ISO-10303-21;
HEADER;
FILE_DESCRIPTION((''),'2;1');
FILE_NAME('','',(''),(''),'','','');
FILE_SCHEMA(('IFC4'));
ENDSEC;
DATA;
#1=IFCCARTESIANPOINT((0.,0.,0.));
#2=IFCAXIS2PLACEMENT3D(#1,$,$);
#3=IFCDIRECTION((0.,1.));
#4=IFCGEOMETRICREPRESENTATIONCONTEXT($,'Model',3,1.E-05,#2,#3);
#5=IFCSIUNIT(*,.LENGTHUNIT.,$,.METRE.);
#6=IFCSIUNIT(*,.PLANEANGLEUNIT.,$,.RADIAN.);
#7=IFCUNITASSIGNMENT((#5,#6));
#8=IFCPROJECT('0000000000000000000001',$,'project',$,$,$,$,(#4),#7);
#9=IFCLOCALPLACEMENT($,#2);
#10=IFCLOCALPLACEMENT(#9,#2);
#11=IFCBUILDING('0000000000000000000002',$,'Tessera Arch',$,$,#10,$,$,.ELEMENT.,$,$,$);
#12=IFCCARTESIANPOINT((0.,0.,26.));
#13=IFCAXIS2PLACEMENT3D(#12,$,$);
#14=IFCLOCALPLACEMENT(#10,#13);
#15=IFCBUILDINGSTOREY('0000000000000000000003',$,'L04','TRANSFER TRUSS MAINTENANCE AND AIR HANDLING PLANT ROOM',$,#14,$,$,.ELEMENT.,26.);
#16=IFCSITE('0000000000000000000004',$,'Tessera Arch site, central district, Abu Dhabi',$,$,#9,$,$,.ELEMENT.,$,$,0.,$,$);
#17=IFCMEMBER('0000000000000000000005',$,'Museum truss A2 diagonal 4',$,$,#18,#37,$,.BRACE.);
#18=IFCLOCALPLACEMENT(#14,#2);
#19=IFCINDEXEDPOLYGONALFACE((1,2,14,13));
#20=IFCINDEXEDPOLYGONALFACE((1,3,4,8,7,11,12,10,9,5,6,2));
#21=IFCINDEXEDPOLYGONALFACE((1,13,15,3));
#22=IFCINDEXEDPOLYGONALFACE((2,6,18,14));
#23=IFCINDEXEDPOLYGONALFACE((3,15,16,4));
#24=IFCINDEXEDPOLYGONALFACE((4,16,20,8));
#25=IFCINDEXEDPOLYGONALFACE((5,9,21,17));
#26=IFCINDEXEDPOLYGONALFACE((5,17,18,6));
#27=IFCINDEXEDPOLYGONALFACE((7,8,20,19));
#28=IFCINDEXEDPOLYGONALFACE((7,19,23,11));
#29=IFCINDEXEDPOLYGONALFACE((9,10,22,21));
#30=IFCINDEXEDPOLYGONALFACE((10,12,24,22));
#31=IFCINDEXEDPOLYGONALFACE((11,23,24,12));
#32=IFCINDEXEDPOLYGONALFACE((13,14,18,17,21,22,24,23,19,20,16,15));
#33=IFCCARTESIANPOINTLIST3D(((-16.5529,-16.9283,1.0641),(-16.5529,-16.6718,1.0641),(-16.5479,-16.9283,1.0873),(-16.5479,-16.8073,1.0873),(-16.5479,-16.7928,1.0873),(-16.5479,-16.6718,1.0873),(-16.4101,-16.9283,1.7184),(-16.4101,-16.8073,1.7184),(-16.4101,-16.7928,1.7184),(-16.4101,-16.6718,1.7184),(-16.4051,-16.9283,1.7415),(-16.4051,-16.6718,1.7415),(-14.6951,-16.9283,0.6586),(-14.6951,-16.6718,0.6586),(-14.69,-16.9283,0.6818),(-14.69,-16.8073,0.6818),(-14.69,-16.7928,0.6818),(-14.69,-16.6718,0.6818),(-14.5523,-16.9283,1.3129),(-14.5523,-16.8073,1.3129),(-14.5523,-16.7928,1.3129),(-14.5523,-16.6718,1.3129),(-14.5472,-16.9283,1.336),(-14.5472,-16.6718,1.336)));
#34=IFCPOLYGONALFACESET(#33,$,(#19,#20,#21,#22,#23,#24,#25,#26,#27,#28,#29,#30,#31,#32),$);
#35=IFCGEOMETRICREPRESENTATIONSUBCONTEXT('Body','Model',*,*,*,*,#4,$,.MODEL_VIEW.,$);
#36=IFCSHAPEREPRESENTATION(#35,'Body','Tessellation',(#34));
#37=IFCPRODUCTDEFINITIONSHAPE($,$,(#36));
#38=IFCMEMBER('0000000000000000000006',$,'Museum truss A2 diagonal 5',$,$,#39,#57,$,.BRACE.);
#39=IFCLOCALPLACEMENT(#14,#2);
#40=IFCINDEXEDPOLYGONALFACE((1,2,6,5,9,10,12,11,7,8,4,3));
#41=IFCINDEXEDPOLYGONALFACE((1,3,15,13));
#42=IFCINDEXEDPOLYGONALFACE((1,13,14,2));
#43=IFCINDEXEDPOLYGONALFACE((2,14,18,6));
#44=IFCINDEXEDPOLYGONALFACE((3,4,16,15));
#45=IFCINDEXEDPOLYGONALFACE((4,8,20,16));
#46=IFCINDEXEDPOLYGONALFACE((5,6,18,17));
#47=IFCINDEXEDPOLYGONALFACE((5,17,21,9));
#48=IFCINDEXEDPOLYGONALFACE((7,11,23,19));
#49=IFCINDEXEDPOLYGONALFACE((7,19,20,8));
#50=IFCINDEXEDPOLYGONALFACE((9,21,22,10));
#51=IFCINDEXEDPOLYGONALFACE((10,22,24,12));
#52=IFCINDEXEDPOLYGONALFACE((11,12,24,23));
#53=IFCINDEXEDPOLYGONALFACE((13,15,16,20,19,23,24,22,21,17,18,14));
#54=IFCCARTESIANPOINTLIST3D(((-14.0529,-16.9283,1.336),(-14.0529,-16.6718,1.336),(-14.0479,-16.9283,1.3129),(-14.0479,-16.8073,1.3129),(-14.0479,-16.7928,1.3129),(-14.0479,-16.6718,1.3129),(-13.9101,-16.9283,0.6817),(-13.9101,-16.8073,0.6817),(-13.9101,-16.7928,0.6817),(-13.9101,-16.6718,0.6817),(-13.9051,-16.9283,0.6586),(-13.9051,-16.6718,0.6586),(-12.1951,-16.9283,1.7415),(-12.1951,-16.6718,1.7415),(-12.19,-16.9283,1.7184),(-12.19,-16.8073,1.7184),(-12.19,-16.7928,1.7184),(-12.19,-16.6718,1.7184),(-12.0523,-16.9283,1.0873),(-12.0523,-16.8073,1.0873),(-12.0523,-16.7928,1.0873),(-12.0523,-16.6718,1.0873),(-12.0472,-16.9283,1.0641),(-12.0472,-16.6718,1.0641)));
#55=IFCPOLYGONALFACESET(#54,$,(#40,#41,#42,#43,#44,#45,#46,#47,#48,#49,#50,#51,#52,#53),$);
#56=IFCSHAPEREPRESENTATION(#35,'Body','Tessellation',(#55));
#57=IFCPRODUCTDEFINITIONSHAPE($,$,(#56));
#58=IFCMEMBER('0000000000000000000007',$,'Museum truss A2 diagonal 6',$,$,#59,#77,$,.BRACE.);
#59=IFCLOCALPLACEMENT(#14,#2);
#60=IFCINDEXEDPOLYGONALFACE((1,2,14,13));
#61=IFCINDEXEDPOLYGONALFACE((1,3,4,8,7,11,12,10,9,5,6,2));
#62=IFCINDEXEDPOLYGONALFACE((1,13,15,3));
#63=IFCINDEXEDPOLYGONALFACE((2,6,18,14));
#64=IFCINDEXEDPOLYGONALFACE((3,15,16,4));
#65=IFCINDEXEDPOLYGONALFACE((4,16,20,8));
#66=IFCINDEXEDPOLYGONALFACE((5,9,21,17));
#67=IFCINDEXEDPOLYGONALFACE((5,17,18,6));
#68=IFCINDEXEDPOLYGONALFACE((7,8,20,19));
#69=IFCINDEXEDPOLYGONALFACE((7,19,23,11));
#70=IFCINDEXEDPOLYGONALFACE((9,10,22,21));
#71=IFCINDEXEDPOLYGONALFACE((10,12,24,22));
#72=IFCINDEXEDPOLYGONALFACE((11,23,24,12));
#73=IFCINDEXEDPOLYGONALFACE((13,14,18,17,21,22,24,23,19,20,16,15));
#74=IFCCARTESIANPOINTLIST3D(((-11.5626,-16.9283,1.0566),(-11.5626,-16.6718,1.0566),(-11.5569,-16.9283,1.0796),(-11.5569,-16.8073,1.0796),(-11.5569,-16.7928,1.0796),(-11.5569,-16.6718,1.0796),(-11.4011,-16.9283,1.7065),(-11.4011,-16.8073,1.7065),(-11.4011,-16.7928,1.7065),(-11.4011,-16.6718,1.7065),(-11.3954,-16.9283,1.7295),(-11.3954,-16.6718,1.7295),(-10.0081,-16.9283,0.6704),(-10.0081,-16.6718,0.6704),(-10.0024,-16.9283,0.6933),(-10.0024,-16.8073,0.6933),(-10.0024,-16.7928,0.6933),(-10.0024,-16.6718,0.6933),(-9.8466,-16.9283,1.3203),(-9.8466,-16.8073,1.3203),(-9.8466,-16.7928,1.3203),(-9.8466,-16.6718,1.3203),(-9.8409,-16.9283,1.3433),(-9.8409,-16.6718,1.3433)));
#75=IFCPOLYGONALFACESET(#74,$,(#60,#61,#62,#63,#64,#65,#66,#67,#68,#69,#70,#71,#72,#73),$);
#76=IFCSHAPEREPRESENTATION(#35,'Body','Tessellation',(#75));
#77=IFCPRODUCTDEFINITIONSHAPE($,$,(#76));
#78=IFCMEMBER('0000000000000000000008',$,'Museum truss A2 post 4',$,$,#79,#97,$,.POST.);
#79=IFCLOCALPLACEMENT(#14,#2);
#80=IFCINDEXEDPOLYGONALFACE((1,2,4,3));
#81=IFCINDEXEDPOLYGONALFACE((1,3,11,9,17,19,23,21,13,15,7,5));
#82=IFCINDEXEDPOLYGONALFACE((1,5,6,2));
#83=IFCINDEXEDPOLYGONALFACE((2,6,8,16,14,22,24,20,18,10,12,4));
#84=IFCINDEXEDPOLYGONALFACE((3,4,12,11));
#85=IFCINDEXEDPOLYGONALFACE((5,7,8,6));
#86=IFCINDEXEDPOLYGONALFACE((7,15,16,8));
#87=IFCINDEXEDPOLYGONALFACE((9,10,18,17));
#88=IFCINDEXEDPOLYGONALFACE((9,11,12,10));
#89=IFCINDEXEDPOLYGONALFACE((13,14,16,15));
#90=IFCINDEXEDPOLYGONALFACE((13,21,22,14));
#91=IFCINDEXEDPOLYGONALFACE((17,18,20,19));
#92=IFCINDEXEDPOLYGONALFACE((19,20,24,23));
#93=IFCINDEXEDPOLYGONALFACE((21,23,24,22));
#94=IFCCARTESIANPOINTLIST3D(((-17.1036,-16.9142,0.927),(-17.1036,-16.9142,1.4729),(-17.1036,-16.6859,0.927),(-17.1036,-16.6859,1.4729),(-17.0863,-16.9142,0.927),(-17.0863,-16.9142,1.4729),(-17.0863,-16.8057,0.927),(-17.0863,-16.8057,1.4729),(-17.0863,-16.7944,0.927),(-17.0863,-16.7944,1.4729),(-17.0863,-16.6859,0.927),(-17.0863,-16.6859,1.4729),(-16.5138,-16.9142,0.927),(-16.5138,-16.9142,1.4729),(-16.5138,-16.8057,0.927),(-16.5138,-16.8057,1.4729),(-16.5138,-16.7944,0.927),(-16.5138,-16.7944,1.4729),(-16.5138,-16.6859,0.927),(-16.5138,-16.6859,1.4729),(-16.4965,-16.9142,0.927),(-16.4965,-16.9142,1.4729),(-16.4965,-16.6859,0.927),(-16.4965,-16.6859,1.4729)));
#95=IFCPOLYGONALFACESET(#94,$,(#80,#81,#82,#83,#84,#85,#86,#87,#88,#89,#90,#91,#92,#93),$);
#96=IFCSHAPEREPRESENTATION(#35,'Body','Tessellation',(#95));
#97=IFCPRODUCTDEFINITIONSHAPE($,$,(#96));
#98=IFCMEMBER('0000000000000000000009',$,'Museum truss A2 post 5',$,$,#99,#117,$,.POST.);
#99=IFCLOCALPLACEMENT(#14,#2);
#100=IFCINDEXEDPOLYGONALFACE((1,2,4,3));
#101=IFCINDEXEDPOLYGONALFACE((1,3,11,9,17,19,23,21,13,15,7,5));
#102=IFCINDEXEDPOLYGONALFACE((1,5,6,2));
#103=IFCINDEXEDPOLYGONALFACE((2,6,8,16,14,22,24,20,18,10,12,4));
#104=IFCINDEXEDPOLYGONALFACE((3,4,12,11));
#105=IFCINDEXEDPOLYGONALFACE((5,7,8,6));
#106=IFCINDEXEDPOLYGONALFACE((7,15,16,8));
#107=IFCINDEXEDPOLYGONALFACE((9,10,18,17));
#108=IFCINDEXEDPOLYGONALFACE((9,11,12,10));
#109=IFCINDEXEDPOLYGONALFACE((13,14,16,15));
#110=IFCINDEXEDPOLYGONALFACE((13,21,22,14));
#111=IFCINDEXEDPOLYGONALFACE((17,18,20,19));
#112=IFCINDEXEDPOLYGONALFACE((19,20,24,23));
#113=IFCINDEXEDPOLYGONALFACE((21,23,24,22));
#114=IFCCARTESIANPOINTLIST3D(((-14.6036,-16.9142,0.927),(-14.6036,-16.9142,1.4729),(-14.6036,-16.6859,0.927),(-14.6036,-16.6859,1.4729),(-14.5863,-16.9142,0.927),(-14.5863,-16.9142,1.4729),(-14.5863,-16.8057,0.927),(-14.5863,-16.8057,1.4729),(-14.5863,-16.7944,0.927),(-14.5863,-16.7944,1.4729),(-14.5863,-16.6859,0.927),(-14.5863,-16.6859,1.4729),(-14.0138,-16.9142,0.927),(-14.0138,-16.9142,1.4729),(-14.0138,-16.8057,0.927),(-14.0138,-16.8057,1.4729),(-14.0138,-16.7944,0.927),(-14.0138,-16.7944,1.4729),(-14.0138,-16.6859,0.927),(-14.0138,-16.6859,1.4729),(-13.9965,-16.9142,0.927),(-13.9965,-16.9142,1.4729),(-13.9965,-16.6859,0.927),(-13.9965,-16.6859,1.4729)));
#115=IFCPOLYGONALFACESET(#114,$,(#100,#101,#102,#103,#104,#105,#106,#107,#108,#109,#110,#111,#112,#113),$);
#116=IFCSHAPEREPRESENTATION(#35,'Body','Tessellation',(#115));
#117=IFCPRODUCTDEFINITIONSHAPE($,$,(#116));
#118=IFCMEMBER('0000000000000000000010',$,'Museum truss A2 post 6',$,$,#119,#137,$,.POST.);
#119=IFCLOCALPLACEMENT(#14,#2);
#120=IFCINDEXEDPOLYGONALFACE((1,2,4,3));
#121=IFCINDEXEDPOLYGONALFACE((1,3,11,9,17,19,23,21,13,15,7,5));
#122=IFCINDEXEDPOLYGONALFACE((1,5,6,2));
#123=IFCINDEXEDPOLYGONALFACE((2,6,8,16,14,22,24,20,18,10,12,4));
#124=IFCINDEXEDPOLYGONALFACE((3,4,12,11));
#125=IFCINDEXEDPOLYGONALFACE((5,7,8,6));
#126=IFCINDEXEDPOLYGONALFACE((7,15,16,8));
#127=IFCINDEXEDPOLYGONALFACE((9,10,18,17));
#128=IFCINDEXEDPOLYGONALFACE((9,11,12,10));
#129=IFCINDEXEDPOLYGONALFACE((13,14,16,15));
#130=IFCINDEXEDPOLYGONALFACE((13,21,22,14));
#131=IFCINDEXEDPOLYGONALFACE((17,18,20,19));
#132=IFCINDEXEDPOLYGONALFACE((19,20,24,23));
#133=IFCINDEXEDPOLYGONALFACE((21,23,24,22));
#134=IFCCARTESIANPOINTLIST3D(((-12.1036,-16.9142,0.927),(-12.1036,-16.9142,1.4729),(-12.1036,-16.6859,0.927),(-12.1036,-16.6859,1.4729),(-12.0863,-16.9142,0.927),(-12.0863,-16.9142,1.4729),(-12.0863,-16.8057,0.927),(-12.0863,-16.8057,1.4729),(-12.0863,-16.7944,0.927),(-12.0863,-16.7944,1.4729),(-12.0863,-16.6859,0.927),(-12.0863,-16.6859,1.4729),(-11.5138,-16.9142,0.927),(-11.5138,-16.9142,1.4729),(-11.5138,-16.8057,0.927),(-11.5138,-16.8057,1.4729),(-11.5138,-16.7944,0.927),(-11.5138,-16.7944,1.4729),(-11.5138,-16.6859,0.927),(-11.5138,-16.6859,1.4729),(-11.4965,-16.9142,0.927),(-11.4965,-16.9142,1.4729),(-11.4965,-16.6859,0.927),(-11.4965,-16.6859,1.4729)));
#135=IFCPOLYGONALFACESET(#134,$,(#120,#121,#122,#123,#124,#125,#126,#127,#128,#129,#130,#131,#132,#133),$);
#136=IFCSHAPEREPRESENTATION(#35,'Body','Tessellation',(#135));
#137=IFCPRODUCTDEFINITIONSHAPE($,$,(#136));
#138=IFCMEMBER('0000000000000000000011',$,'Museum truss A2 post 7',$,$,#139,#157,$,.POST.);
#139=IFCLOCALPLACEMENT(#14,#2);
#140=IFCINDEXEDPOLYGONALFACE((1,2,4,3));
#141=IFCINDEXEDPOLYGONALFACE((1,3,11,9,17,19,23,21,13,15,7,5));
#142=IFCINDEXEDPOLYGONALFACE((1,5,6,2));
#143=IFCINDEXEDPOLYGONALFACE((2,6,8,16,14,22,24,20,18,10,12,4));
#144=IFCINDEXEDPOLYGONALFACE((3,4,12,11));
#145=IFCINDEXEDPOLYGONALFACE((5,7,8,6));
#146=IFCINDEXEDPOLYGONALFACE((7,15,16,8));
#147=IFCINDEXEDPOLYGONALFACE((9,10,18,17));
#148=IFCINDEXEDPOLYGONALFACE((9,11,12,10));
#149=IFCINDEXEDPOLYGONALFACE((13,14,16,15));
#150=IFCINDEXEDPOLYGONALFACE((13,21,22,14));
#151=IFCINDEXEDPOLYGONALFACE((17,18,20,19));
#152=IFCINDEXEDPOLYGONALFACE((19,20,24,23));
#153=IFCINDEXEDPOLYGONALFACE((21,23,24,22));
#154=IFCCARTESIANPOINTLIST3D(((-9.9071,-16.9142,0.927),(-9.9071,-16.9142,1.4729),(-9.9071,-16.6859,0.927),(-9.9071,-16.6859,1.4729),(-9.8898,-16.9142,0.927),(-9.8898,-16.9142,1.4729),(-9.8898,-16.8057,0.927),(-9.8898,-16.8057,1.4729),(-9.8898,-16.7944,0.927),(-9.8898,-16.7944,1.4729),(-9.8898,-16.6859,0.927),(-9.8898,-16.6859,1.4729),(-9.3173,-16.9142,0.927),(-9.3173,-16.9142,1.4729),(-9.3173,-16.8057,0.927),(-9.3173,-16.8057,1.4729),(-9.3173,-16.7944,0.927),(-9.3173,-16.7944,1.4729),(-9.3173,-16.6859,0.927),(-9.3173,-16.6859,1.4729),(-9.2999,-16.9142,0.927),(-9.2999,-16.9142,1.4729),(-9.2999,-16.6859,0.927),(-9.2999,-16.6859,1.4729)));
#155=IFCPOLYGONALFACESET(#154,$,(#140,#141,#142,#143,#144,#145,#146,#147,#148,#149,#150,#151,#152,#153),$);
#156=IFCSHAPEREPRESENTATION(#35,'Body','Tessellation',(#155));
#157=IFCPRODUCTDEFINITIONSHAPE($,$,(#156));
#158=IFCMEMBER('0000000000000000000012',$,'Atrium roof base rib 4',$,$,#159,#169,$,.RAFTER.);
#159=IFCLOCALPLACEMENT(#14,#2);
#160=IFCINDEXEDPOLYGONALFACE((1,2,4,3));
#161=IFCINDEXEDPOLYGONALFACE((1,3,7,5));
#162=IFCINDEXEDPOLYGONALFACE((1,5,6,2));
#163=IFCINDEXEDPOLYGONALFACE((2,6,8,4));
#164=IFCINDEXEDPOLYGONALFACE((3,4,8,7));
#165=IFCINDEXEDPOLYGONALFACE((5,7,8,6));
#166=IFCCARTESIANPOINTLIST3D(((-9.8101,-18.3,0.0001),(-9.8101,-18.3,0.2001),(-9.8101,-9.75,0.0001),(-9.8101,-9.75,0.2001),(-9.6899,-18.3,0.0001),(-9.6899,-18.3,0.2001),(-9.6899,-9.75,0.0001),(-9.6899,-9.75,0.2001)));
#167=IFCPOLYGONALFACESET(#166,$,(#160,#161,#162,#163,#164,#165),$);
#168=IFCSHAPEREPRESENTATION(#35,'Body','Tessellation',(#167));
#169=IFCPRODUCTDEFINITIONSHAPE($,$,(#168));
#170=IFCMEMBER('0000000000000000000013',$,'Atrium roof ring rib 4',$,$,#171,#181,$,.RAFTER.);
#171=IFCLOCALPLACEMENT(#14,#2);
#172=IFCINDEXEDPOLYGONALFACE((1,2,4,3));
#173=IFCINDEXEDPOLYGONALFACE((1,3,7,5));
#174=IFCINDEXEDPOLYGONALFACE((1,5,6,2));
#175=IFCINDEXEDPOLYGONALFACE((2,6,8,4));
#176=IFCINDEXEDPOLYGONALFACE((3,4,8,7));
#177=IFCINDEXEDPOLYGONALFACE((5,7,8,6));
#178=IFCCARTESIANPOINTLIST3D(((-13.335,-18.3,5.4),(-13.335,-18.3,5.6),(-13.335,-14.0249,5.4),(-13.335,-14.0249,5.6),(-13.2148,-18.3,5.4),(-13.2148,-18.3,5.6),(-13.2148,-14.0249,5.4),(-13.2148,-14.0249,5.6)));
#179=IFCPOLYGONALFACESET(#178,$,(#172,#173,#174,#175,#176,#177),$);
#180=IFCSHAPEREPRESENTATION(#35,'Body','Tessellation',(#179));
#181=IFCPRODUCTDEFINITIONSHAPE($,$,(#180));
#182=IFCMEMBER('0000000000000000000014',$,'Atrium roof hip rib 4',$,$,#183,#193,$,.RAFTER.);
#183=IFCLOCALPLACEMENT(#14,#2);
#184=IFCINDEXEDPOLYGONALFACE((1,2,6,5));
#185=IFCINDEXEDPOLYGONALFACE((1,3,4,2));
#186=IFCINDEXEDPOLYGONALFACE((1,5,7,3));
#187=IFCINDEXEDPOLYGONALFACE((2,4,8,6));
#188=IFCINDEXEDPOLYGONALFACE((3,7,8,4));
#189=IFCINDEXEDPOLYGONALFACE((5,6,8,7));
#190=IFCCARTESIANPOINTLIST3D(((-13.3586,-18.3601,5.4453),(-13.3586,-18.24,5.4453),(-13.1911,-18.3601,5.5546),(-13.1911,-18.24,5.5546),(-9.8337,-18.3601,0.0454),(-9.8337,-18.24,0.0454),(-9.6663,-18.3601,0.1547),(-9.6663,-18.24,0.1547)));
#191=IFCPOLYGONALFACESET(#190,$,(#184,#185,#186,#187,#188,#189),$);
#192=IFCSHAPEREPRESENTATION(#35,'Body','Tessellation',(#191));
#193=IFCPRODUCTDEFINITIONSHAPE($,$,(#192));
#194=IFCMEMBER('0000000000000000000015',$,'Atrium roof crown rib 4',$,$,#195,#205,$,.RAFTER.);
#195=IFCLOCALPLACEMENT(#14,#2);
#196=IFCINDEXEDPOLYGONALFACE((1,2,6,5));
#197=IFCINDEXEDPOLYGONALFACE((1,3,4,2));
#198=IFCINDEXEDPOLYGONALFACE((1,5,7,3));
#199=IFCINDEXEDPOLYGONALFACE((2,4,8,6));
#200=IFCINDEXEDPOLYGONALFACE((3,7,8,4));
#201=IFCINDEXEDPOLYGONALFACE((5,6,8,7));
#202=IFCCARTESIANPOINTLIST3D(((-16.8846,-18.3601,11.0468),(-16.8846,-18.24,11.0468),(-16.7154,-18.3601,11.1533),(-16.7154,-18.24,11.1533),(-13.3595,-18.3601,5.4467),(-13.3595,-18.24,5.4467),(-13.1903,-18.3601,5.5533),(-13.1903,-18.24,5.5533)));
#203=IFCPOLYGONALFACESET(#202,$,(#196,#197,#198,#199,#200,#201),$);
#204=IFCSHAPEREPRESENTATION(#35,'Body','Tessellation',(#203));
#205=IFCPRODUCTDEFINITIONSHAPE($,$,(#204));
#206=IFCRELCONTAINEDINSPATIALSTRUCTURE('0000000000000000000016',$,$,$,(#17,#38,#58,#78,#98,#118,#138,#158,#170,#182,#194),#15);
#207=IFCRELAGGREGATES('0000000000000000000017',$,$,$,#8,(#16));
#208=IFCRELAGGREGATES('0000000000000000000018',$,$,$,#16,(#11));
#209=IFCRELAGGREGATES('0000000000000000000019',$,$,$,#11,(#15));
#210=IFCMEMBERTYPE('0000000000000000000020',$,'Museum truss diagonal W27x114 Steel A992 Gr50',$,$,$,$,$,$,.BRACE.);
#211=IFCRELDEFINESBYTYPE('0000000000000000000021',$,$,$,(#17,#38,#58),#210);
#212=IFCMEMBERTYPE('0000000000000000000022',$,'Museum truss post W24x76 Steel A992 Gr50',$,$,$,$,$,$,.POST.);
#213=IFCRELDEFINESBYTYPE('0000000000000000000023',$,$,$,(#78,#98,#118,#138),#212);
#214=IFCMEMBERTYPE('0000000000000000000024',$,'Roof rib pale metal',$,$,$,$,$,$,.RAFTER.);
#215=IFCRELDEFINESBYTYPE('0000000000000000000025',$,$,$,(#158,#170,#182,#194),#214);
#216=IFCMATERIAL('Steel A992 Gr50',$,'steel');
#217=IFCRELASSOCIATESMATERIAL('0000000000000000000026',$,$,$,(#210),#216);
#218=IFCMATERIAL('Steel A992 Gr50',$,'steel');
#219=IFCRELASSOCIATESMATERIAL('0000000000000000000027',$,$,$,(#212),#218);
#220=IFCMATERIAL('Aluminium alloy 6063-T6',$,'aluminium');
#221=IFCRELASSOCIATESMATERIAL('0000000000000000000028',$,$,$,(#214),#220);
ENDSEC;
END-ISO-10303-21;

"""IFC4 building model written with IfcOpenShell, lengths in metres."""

from ifc_helpers import new_model, si_unit, direction, frame, origin, origin_2d, place, context, subcontext, project, spatial, rectangle, i_section, extrude, material, material_profile, profile_set, type_object, element, save


model = new_model("IFC4")

# Units and contexts
model_context = context("Model", 3, precision=1e-05, world=origin(), true_north=direction((0.0, 1.0)))
body_context = subcontext(model_context, "Body", "Model", "MODEL_VIEW")
ifc_project = project(units=[si_unit("LENGTHUNIT", "METRE"), si_unit("PLANEANGLEUNIT", "RADIAN")], contexts=[model_context])

# Site, building, storey
site_placement = place(None, origin())
site = spatial("IfcSite", under=ifc_project, at=site_placement, Name="Tessera Arch site, central district, Abu Dhabi", CompositionType="ELEMENT", RefElevation=0.0)
building_placement = place(site_placement, origin())
building = spatial("IfcBuilding", under=site, at=building_placement, Name="Tessera Arch", CompositionType="ELEMENT")
storey_placement = place(building_placement, frame((0.0, 0.0, 26.0)))
storey = spatial("IfcBuildingStorey", under=building, at=storey_placement, Name="L04", Description="TRANSFER TRUSS MAINTENANCE AND AIR HANDLING PLANT ROOM", CompositionType="ELEMENT", Elevation=26.0)

# Members
ifc_material_1 = material(Name="Steel A992 Gr50", Category="steel")
ifc_material_profile_1 = material_profile(ifc_material_1, i_section(OverallWidth=0.2566, OverallDepth=0.6934, WebThickness=0.0144, FlangeThickness=0.0237, at=origin_2d()), Name="W27x114")
ifc_profile_set_1 = profile_set([ifc_material_profile_1], Name="Steel A992 Gr50")
member_type_1 = type_object("IfcMemberType", Name="Museum truss diagonal W27x114 Steel A992 Gr50", PredefinedType="BRACE", material=ifc_profile_set_1)
for number, where, z_axis, x_axis, name in (
    (1, (-16.479, -16.8, 1.4028), (0.976999, 0.0, -0.213245), (0.0, 1.0, 0.0), "Museum truss A2 diagonal 4"),
    (2, (-13.979, -16.8, 0.9973), (0.976999, 0.0, 0.213245), (0.0, 1.0, 0.0), "Museum truss A2 diagonal 5"),
):
    element("IfcMember", number, at=place(storey_placement, frame(where, z_axis=z_axis, x_axis=x_axis)), inside=storey, type_object=member_type_1, Name=name, PredefinedType="BRACE", context=body_context, shape_type="SweptSolid", body=[
        extrude(i_section(OverallWidth=0.2566, OverallDepth=0.6934, WebThickness=0.0144, FlangeThickness=0.0237, at=origin_2d()), origin(), (0.0, 0.0, 1.0), 1.9016),
    ])
member_1_placement = place(storey_placement, frame((-11.479, -16.8, 1.3931), z_axis=(0.970491, 0.0, -0.241137), x_axis=(0.0, 1.0, 0.0)))
element("IfcMember", 3, at=member_1_placement, inside=storey, type_object=member_type_1, Name="Museum truss A2 diagonal 6", PredefinedType="BRACE", context=body_context, shape_type="SweptSolid", body=[
    extrude(i_section(OverallWidth=0.2566, OverallDepth=0.6934, WebThickness=0.0144, FlangeThickness=0.0237, at=origin_2d()), origin(), (0.0, 0.0, 1.0), 1.6018),
])
ifc_material_2 = material(Name="Steel A992 Gr50", Category="steel")
ifc_material_profile_2 = material_profile(ifc_material_2, i_section(OverallWidth=0.2283, OverallDepth=0.6072, WebThickness=0.0112, FlangeThickness=0.0173, at=origin_2d()), Name="W24x76")
ifc_profile_set_2 = profile_set([ifc_material_profile_2], Name="Steel A992 Gr50")
member_type_2 = type_object("IfcMemberType", Name="Museum truss post W24x76 Steel A992 Gr50", PredefinedType="POST", material=ifc_profile_set_2)
for number, where, z_axis, x_axis, name in (
    (4, (-16.8, -16.8, 0.927), (0.0, 0.0, 1.0), (0.0, 1.0, 0.0), "Museum truss A2 post 4"),
    (5, (-14.3, -16.8, 0.927), (0.0, 0.0, 1.0), (0.0, 1.0, 0.0), "Museum truss A2 post 5"),
    (6, (-11.8, -16.8, 0.927), (0.0, 0.0, 1.0), (0.0, 1.0, 0.0), "Museum truss A2 post 6"),
    (7, (-9.6035, -16.8, 0.927), (0.0, 0.0, 1.0), (0.0, 1.0, 0.0), "Museum truss A2 post 7"),
):
    element("IfcMember", number, at=place(storey_placement, frame(where, z_axis=z_axis, x_axis=x_axis)), inside=storey, type_object=member_type_2, Name=name, PredefinedType="POST", context=body_context, shape_type="SweptSolid", body=[
        extrude(i_section(OverallWidth=0.2283, OverallDepth=0.6072, WebThickness=0.0112, FlangeThickness=0.0173, at=origin_2d()), origin(), (0.0, 0.0, 1.0), 0.5459),
    ])
ifc_material_3 = material(Name="Aluminium alloy 6063-T6", Category="aluminium")
ifc_material_profile_3 = material_profile(ifc_material_3, rectangle(XDim=0.1201, YDim=0.2, at=origin_2d()), Name="AL 120x200")
ifc_profile_set_3 = profile_set([ifc_material_profile_3], Name="Aluminium alloy 6063-T6")
member_type_3 = type_object("IfcMemberType", Name="Roof rib pale metal", PredefinedType="RAFTER", material=ifc_profile_set_3)
member_2_placement = place(storey_placement, frame((-9.75, -18.3, 0.1001), z_axis=(0.0, 1.0, 0.0), x_axis=(-1.0, 0.0, 0.0)))
element("IfcMember", 8, at=member_2_placement, inside=storey, type_object=member_type_3, Name="Atrium roof base rib 4", PredefinedType="RAFTER", context=body_context, shape_type="SweptSolid", body=[
    extrude(rectangle(XDim=0.1201, YDim=0.2, at=origin_2d()), origin(), (0.0, 0.0, 1.0), 8.55),
])
member_3_placement = place(storey_placement, frame((-13.2749, -18.3, 5.5), z_axis=(0.0, 1.0, 0.0), x_axis=(-1.0, 0.0, 0.0)))
element("IfcMember", 9, at=member_3_placement, inside=storey, type_object=member_type_3, Name="Atrium roof ring rib 4", PredefinedType="RAFTER", context=body_context, shape_type="SweptSolid", body=[
    extrude(rectangle(XDim=0.1201, YDim=0.2, at=origin_2d()), origin(), (0.0, 0.0, 1.0), 4.2751),
])
member_4_placement = place(storey_placement, frame((-9.75, -18.3, 0.1001), z_axis=(-0.546619, 0.0, 0.837382), x_axis=(0.0, -1.0, 0.0)))
element("IfcMember", 10, at=member_4_placement, inside=storey, type_object=member_type_3, Name="Atrium roof hip rib 4", PredefinedType="RAFTER", context=body_context, shape_type="SweptSolid", body=[
    extrude(rectangle(XDim=0.1201, YDim=0.2, at=origin_2d()), origin(), (0.0, 0.0, 1.0), 6.4485),
])
member_5_placement = place(storey_placement, frame((-13.2749, -18.3, 5.5), z_axis=(-0.532722, 0.0, 0.84629), x_axis=(0.0, -1.0, 0.0)))
element("IfcMember", 11, at=member_5_placement, inside=storey, type_object=member_type_3, Name="Atrium roof crown rib 4", PredefinedType="RAFTER", context=body_context, shape_type="SweptSolid", body=[
    extrude(rectangle(XDim=0.1201, YDim=0.2, at=origin_2d()), origin(), (0.0, 0.0, 1.0), 6.6172),
])

save(model, "model.ifc")
